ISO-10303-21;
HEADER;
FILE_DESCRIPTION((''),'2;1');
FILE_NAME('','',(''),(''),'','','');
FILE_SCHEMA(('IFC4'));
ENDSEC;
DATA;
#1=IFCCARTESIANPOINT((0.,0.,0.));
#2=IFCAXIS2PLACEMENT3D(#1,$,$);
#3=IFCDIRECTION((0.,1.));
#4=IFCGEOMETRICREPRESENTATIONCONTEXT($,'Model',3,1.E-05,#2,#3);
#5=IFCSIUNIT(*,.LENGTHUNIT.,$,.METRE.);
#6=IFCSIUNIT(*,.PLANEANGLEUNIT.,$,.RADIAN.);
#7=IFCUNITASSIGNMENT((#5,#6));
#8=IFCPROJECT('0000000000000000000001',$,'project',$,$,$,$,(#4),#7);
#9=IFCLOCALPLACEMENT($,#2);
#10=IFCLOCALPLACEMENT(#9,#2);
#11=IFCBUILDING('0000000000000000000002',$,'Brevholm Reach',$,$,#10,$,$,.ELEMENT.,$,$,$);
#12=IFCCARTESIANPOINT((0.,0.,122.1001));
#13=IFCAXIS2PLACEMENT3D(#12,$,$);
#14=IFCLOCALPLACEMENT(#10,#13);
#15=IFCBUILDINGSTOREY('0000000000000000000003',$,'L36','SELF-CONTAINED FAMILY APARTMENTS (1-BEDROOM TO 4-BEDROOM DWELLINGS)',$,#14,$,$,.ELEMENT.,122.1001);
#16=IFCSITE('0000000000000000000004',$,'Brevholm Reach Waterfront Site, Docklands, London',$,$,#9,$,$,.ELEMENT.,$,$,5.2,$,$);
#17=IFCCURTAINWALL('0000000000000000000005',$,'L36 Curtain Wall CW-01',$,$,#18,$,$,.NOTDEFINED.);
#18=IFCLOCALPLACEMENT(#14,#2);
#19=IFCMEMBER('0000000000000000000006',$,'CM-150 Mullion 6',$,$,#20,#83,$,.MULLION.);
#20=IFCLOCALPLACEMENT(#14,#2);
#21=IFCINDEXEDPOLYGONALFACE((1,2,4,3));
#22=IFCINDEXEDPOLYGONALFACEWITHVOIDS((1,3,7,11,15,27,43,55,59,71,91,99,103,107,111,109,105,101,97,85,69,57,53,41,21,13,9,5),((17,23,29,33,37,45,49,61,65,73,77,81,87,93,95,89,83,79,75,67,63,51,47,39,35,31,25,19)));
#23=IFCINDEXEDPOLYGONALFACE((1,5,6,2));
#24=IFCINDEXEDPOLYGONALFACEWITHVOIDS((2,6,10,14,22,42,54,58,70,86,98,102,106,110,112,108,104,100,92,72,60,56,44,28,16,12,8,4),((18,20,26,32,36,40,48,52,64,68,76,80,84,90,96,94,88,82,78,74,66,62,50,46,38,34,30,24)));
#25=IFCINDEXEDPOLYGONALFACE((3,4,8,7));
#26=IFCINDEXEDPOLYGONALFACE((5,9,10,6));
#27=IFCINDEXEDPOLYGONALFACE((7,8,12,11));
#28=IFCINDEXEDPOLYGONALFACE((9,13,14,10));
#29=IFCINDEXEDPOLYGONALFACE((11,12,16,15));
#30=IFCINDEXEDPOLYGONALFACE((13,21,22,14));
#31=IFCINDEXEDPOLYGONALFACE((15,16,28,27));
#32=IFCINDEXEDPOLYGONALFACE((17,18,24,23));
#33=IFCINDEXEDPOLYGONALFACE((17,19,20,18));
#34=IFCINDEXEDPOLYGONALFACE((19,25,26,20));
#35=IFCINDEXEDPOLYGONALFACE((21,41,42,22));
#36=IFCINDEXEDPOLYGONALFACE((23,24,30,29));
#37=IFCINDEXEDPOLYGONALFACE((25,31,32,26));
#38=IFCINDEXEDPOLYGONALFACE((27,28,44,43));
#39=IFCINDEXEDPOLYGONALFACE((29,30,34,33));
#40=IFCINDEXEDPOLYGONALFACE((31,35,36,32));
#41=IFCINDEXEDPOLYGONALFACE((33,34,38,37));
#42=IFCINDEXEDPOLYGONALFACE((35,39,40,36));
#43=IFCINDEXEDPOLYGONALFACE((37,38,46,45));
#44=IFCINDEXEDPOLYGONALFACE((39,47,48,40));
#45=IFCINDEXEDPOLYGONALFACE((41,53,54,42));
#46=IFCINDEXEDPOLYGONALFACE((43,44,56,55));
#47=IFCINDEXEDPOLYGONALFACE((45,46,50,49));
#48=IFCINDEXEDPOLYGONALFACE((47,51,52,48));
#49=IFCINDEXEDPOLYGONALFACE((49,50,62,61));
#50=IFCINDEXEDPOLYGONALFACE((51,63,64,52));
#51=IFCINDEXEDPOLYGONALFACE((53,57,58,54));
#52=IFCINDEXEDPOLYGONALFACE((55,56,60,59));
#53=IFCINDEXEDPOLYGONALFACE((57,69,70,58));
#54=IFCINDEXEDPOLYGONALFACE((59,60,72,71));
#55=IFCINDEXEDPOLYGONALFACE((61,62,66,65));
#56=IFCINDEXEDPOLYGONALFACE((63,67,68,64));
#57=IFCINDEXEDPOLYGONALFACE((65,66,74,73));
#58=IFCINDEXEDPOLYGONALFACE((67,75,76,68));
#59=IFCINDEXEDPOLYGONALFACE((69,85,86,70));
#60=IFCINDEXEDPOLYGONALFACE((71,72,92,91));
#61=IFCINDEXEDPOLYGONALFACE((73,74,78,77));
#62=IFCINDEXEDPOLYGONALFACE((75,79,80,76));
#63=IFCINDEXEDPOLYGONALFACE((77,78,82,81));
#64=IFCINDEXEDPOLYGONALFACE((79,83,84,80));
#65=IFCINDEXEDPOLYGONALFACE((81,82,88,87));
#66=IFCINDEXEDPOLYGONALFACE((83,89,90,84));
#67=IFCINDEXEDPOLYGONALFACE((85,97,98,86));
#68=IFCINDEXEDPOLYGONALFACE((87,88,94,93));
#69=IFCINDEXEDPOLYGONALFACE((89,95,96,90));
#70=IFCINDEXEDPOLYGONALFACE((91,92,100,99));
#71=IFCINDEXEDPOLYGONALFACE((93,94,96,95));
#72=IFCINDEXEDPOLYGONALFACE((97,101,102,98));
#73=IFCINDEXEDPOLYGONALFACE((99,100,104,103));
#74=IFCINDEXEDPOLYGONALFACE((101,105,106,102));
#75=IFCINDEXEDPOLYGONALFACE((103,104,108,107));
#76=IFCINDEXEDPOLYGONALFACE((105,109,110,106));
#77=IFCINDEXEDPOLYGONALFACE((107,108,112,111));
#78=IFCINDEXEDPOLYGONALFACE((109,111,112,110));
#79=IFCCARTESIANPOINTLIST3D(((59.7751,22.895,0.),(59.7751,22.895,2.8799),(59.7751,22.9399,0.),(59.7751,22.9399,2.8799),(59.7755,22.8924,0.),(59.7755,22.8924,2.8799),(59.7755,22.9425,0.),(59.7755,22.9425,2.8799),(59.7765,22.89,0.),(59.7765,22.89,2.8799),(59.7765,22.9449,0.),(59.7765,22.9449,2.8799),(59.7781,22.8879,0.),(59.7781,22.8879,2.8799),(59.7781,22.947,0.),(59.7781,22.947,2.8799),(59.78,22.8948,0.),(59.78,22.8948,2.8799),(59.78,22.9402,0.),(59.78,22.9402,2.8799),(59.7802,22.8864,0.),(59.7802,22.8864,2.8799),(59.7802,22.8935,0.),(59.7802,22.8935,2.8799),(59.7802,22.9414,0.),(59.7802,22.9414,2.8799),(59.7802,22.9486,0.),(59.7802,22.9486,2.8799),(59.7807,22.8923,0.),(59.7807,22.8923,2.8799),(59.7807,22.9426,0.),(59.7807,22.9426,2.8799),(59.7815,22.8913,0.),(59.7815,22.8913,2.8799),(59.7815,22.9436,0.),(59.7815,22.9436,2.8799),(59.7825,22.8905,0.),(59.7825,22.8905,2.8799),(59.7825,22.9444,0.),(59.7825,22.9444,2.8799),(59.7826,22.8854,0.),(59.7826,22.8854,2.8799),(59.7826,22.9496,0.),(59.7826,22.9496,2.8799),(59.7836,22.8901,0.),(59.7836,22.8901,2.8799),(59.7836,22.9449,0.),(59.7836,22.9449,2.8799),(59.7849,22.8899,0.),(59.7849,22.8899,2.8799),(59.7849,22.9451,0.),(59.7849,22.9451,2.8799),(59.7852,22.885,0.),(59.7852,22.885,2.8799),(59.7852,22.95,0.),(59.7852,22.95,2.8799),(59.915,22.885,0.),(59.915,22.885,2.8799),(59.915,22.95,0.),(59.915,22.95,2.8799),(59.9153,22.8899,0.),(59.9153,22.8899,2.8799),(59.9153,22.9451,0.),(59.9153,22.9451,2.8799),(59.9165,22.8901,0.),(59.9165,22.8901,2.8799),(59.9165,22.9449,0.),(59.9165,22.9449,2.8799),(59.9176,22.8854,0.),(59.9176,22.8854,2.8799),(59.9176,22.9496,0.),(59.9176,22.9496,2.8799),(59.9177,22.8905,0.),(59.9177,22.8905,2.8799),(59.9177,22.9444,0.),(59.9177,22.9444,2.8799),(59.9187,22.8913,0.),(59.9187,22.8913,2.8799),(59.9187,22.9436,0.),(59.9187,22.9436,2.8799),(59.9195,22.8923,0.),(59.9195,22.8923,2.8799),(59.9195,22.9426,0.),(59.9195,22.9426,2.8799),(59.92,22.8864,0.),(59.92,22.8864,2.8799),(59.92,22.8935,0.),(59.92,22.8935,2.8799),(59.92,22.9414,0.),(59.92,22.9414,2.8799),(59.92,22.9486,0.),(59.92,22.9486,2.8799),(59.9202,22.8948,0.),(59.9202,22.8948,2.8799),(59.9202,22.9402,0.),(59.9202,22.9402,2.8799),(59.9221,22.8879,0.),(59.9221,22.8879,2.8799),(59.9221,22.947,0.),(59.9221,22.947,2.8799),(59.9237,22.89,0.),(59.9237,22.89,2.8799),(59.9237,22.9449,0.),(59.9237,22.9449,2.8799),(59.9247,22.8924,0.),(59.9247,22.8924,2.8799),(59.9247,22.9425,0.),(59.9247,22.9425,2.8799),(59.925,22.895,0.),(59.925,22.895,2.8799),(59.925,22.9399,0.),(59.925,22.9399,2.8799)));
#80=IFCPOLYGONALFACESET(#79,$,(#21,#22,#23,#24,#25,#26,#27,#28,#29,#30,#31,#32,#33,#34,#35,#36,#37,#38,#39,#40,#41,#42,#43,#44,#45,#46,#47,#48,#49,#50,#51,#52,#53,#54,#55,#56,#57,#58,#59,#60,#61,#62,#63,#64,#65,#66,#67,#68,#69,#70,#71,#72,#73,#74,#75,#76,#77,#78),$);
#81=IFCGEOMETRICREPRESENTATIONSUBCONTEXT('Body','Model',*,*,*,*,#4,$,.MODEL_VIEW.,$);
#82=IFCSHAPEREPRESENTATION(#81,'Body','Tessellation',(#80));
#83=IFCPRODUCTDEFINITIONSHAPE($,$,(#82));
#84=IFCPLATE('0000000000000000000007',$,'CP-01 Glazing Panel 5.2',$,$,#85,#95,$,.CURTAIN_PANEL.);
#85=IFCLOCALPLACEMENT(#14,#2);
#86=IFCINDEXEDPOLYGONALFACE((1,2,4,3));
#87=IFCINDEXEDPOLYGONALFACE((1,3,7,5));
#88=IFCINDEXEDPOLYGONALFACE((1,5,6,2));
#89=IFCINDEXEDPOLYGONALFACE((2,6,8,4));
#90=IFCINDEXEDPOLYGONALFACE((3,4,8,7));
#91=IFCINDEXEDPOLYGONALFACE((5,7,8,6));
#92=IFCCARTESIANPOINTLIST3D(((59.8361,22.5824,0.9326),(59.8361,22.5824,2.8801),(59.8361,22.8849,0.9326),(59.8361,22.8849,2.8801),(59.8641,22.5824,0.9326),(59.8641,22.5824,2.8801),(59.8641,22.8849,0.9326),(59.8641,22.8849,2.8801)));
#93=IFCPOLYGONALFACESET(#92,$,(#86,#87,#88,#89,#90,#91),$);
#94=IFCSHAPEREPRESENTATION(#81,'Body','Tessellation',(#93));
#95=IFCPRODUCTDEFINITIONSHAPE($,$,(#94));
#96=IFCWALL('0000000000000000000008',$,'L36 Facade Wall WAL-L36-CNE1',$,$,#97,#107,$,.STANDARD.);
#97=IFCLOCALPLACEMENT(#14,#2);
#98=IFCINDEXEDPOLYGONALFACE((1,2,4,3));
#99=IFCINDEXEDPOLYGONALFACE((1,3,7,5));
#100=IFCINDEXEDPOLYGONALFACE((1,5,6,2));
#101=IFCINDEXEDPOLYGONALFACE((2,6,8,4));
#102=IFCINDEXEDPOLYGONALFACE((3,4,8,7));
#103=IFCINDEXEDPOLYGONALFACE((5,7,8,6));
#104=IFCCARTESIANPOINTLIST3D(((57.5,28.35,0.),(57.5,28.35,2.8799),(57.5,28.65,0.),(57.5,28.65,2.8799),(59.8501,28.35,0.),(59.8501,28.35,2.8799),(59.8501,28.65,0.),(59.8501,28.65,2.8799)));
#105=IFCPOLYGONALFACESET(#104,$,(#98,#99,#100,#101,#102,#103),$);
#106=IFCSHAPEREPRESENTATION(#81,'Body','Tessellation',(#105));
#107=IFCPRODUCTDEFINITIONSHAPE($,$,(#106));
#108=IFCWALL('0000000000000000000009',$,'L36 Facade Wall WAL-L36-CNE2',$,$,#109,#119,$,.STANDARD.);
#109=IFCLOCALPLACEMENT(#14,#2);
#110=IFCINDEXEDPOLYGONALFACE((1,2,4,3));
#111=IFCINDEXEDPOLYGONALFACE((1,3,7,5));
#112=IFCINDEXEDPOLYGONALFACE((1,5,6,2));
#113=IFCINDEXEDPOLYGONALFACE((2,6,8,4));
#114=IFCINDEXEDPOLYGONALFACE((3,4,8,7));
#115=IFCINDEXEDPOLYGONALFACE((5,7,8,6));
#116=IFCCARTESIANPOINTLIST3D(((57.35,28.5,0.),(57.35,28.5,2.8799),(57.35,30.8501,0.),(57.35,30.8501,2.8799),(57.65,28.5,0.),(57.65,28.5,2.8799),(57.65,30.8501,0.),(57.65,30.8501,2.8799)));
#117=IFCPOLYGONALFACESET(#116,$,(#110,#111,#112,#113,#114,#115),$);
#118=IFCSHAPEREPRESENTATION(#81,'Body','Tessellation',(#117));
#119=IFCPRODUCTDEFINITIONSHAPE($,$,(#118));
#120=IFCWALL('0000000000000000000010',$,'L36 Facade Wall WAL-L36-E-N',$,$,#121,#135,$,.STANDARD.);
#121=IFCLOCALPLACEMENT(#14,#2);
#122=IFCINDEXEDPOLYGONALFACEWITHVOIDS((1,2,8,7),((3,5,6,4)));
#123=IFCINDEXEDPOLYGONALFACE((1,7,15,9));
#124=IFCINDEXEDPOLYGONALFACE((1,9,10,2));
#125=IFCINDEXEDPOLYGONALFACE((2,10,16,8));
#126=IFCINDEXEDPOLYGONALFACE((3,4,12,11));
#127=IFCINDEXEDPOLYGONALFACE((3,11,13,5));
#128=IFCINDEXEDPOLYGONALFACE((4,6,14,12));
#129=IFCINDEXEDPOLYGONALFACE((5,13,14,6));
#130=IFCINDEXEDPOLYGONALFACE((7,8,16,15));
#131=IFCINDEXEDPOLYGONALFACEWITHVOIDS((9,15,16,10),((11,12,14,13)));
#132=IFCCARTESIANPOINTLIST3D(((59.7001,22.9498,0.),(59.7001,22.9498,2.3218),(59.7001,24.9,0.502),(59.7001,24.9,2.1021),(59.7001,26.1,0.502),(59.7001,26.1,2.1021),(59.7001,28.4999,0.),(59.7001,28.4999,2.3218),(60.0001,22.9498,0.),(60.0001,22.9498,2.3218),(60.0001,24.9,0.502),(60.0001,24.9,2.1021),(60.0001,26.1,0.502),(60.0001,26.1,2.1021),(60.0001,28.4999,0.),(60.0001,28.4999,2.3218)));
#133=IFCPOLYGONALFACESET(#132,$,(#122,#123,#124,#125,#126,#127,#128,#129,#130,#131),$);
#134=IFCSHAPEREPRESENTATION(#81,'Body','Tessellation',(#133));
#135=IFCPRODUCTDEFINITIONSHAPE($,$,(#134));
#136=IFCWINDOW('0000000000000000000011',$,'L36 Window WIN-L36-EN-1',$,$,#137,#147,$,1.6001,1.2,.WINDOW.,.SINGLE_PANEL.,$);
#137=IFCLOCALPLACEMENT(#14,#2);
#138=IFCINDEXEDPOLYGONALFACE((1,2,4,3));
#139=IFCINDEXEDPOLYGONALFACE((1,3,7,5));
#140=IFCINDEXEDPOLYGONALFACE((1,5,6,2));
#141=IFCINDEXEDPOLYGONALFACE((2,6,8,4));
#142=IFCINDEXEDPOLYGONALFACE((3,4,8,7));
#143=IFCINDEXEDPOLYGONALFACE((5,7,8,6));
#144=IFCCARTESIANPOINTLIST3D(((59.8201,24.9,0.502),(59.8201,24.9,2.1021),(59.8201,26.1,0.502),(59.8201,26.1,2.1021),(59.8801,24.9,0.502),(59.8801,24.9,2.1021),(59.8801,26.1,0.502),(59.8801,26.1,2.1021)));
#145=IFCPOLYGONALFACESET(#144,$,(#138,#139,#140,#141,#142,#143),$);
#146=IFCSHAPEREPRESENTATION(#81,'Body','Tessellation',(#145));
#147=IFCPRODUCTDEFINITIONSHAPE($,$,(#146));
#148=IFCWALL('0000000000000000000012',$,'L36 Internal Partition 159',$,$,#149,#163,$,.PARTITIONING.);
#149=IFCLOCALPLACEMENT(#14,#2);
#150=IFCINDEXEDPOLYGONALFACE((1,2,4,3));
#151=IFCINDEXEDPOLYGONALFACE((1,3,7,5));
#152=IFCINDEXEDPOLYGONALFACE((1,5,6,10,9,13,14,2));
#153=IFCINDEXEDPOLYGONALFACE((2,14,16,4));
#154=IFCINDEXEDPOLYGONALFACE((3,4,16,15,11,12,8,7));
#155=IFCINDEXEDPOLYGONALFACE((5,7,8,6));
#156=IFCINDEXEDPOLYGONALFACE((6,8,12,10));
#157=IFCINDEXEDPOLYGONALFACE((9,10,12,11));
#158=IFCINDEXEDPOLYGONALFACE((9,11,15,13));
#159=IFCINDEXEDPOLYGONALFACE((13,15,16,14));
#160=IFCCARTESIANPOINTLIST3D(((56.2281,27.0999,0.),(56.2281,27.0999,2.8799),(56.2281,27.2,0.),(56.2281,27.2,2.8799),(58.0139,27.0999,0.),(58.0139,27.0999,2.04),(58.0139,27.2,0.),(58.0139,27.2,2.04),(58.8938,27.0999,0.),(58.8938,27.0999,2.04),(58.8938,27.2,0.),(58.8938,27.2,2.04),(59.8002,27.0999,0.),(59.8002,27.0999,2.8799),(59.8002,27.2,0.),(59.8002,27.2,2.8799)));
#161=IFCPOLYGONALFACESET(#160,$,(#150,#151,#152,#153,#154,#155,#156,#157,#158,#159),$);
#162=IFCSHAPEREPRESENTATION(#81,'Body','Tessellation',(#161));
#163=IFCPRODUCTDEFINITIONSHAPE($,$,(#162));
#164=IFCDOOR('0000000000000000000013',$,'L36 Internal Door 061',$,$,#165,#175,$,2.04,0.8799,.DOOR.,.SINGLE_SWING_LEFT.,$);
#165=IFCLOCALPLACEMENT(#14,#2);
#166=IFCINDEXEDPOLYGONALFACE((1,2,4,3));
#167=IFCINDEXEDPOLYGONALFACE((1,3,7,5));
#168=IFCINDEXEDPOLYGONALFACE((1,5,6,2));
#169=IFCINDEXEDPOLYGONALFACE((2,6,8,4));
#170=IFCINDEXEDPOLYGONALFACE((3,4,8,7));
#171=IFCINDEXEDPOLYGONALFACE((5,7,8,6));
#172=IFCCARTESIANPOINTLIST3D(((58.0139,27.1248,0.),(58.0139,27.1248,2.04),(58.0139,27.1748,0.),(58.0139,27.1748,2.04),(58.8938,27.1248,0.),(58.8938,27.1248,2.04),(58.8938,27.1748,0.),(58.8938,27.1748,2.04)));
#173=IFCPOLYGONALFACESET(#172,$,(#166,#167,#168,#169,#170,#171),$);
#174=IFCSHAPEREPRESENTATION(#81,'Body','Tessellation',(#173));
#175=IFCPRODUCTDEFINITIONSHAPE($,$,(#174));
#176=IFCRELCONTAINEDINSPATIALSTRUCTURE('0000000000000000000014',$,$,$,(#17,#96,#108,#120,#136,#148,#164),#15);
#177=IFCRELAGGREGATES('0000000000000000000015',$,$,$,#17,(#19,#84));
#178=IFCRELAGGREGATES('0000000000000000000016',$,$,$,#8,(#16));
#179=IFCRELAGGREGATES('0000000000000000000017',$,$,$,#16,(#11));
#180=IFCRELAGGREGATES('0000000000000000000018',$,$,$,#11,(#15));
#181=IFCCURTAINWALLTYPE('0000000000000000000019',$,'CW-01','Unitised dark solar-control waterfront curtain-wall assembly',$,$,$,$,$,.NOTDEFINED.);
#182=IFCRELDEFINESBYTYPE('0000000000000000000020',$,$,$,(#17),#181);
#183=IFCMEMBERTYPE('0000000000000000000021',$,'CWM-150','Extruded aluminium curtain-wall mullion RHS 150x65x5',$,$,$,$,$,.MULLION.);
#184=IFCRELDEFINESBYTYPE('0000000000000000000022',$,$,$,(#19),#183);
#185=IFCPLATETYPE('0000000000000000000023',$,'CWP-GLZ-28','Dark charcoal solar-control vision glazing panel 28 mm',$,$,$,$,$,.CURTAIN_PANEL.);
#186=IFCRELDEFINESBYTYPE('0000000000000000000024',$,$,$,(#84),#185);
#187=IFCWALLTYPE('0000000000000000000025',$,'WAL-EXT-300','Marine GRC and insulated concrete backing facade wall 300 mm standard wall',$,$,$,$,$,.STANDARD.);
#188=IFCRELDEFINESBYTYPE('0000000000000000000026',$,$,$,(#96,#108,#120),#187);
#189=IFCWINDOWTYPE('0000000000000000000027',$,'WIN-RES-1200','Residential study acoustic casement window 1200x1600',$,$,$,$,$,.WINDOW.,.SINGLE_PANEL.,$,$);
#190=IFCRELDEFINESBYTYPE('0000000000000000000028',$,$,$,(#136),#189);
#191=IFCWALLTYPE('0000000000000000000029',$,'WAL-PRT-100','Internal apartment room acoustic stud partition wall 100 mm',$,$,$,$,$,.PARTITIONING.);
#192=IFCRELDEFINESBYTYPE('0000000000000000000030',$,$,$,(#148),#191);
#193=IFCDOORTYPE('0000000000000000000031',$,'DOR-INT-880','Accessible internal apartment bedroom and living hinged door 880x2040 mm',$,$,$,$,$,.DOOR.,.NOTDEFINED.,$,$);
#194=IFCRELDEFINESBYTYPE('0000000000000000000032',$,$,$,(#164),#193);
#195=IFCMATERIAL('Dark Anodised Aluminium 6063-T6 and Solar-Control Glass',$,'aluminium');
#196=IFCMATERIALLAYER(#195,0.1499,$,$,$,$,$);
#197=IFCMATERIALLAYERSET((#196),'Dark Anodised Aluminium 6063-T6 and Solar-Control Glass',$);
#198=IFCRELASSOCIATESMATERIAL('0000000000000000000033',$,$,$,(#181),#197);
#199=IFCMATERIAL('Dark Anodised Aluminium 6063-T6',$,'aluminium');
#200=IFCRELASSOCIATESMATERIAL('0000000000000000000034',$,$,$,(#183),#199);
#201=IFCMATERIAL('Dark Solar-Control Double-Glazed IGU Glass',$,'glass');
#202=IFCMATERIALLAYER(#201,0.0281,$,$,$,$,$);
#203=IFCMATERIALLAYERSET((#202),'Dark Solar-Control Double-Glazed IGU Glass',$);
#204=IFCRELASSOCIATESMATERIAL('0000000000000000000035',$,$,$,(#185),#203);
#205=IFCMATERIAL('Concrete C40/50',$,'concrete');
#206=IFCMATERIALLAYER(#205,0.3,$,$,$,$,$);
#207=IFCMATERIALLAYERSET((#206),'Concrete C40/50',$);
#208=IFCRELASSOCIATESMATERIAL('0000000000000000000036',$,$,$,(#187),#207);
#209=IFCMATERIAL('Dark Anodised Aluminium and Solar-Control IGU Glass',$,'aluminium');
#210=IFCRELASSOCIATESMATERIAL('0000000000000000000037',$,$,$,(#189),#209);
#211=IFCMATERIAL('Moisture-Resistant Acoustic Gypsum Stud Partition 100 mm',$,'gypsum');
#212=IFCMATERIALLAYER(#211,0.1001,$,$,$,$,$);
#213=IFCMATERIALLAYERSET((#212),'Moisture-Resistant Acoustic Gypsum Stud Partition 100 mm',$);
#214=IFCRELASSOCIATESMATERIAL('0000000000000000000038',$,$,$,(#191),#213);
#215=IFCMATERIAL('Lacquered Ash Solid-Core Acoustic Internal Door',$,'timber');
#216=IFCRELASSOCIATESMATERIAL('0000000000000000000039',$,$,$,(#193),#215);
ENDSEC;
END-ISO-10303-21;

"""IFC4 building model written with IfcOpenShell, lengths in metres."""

from ifc_helpers import new_model, si_unit, direction, frame, frame_2d, origin, origin_2d, place, context, subcontext, project, spatial, rectangle, hollow_rectangle, extrude, material, layer, layer_set, material_profile, profile_set, type_object, element, fill, aggregate, save


model = new_model("IFC4")

# Units and contexts
model_context = context("Model", 3, precision=1e-05, world=origin(), true_north=direction((0.0, 1.0)))
body_context = subcontext(model_context, "Body", "Model", "MODEL_VIEW")
ifc_project = project(units=[si_unit("LENGTHUNIT", "METRE"), si_unit("PLANEANGLEUNIT", "RADIAN")], contexts=[model_context])

# Site, building, storey
site_placement = place(None, origin())
site = spatial("IfcSite", under=ifc_project, at=site_placement, Name="Brevholm Reach Waterfront Site, Docklands, London", CompositionType="ELEMENT", RefElevation=5.2)
building_placement = place(site_placement, origin())
building = spatial("IfcBuilding", under=site, at=building_placement, Name="Brevholm Reach", CompositionType="ELEMENT")
storey_placement = place(building_placement, frame((0.0, 0.0, 122.1001)))
storey = spatial("IfcBuildingStorey", under=building, at=storey_placement, Name="L36", Description="SELF-CONTAINED FAMILY APARTMENTS (1-BEDROOM TO 4-BEDROOM DWELLINGS)", CompositionType="ELEMENT", Elevation=122.1001)

# Curtain wall, member, plate
ifc_material_1 = material(Name="Dark Anodised Aluminium 6063-T6 and Solar-Control Glass", Category="aluminium")
ifc_layer_1 = layer(ifc_material_1, 0.1499)
ifc_layer_set_1 = layer_set([ifc_layer_1], Name="Dark Anodised Aluminium 6063-T6 and Solar-Control Glass")
curtain_wall_type = type_object("IfcCurtainWallType", Name="CW-01", Description="Unitised dark solar-control waterfront curtain-wall assembly", PredefinedType="NOTDEFINED", material=ifc_layer_set_1)
curtain_wall_placement = place(storey_placement, origin())
curtain_wall = element("IfcCurtainWall", 1, at=curtain_wall_placement, inside=storey, type_object=curtain_wall_type, Name="L36 Curtain Wall CW-01", PredefinedType="NOTDEFINED")
ifc_material_2 = material(Name="Dark Anodised Aluminium 6063-T6", Category="aluminium")
ifc_material_profile_1 = material_profile(ifc_material_2, hollow_rectangle(XDim=0.0649, YDim=0.1499, WallThickness=0.0049, InnerFilletRadius=0.0049, OuterFilletRadius=0.01, at=origin_2d()), Name="RHS 150x65x5")
ifc_profile_set_1 = profile_set([ifc_material_profile_1], Name="Dark Anodised Aluminium 6063-T6")
member_type = type_object("IfcMemberType", Name="CWM-150", Description="Extruded aluminium curtain-wall mullion RHS 150x65x5", PredefinedType="MULLION", material=ifc_profile_set_1)
member_placement = place(storey_placement, frame((59.8501, 22.9175, 0.0), z_axis=(0.0, 0.0, 1.0), x_axis=(0.0, 1.0, 0.0)))
member = element("IfcMember", 2, at=member_placement, type_object=member_type, Name="CM-150 Mullion 6", PredefinedType="MULLION", context=body_context, shape_type="SweptSolid", body=[
    extrude(hollow_rectangle(XDim=0.0649, YDim=0.1499, WallThickness=0.0049, InnerFilletRadius=0.0049, OuterFilletRadius=0.01, at=origin_2d()), origin(), (0.0, 0.0, 1.0), 2.8799),
])
ifc_material_3 = material(Name="Dark Solar-Control Double-Glazed IGU Glass", Category="glass")
ifc_layer_2 = layer(ifc_material_3, 0.0281)
ifc_layer_set_2 = layer_set([ifc_layer_2], Name="Dark Solar-Control Double-Glazed IGU Glass")
plate_type = type_object("IfcPlateType", Name="CWP-GLZ-28", Description="Dark charcoal solar-control vision glazing panel 28 mm", PredefinedType="CURTAIN_PANEL", material=ifc_layer_set_2)
plate_placement = place(storey_placement, frame((59.8501, 22.7336, 0.9326), z_axis=(0.0, 0.0, 1.0), x_axis=(0.0, 1.0, 0.0)))
plate = element("IfcPlate", 3, at=plate_placement, type_object=plate_type, Name="CP-01 Glazing Panel 5.2", PredefinedType="CURTAIN_PANEL", context=body_context, shape_type="SweptSolid", body=[
    extrude(rectangle(XDim=0.3025, YDim=0.0281, at=origin_2d()), origin(), (0.0, 0.0, 1.0), 1.9475),
])
aggregate(curtain_wall, [member, plate])

# Walls
ifc_material_4 = material(Name="Concrete C40/50", Category="concrete")
ifc_layer_3 = layer(ifc_material_4, 0.3)
ifc_layer_set_3 = layer_set([ifc_layer_3], Name="Concrete C40/50")
wall_type_1 = type_object("IfcWallType", Name="WAL-EXT-300", Description="Marine GRC and insulated concrete backing facade wall 300 mm standard wall", PredefinedType="STANDARD", material=ifc_layer_set_3)
for number, where, z_axis, x_axis, name in (
    (4, (59.8501, 28.5, 0.0), (0.0, 0.0, 1.0), (-1.0, 0.0, 0.0), "L36 Facade Wall WAL-L36-CNE1"),
    (5, (57.5, 28.5, 0.0), (0.0, 0.0, 1.0), (0.0, 1.0, 0.0), "L36 Facade Wall WAL-L36-CNE2"),
):
    element("IfcWall", number, at=place(storey_placement, frame(where, z_axis=z_axis, x_axis=x_axis)), inside=storey, type_object=wall_type_1, Name=name, PredefinedType="STANDARD", context=body_context, shape_type="SweptSolid", body=[
        extrude(rectangle(XDim=2.3501, YDim=0.3, at=frame_2d((1.175, 0.0))), origin(), (0.0, 0.0, 1.0), 2.8799),
    ])

# Wall, opening, window
wall_1_placement = place(storey_placement, frame((59.8501, 22.95, 0.0), z_axis=(0.0, 0.0, 1.0), x_axis=(0.0, 1.0, 0.0)))
wall_1 = element("IfcWall", 6, at=wall_1_placement, inside=storey, type_object=wall_type_1, Name="L36 Facade Wall WAL-L36-E-N", PredefinedType="STANDARD", context=body_context, shape_type="SweptSolid", body=[
    extrude(rectangle(XDim=5.55, YDim=0.3, at=frame_2d((2.7749, 0.0))), origin(), (0.0, 0.0, 1.0), 2.3218),
])
opening_1_placement = place(wall_1_placement, frame((1.95, 0.0, 0.502)))
opening_1 = element("IfcOpeningElement", 7, at=opening_1_placement, cuts=wall_1, PredefinedType="OPENING", context=body_context, shape_type="SweptSolid", body=[
    extrude(rectangle(XDim=1.2, YDim=1.6001, at=frame_2d((0.6001, 0.8))), frame((0.0, 0.1599, 0.0), z_axis=(0.0, -1.0, 0.0), x_axis=(1.0, 0.0, 0.0)), (0.0, 0.0, 1.0), 0.3201),
])
ifc_material_5 = material(Name="Dark Anodised Aluminium and Solar-Control IGU Glass", Category="aluminium")
window_type = type_object("IfcWindowType", Name="WIN-RES-1200", Description="Residential study acoustic casement window 1200x1600", PartitioningType="SINGLE_PANEL", PredefinedType="WINDOW", material=ifc_material_5)
window_placement = place(opening_1_placement, origin())
window = element("IfcWindow", 8, at=window_placement, inside=storey, type_object=window_type, Name="L36 Window WIN-L36-EN-1", OverallHeight=1.6001, OverallWidth=1.2, PartitioningType="SINGLE_PANEL", PredefinedType="WINDOW", context=body_context, shape_type="SweptSolid", body=[
    extrude(rectangle(XDim=1.2, YDim=1.6001, at=frame_2d((0.6001, 0.8))), frame((0.0, 0.03, 0.0), z_axis=(0.0, -1.0, 0.0), x_axis=(1.0, 0.0, 0.0)), (0.0, 0.0, 1.0), 0.0601),
])
fill(opening_1, window)

# Wall, opening, door
ifc_material_6 = material(Name="Moisture-Resistant Acoustic Gypsum Stud Partition 100 mm", Category="gypsum")
ifc_layer_4 = layer(ifc_material_6, 0.1001)
ifc_layer_set_4 = layer_set([ifc_layer_4], Name="Moisture-Resistant Acoustic Gypsum Stud Partition 100 mm")
wall_type_2 = type_object("IfcWallType", Name="WAL-PRT-100", Description="Internal apartment room acoustic stud partition wall 100 mm", PredefinedType="PARTITIONING", material=ifc_layer_set_4)
wall_2_placement = place(storey_placement, frame((56.228, 27.1499, 0.0), z_axis=(0.0, 0.0, 1.0), x_axis=(1.0, 0.0, 0.0)))
wall_2 = element("IfcWall", 9, at=wall_2_placement, inside=storey, type_object=wall_type_2, Name="L36 Internal Partition 159", PredefinedType="PARTITIONING", context=body_context, shape_type="SweptSolid", body=[
    extrude(rectangle(XDim=3.572, YDim=0.1001, at=frame_2d((1.7861, 0.0))), origin(), (0.0, 0.0, 1.0), 2.8799),
])
opening_2_placement = place(wall_2_placement, frame((1.7859, 0.0, 0.0)))
opening_2 = element("IfcOpeningElement", 10, at=opening_2_placement, cuts=wall_2, PredefinedType="OPENING", context=body_context, shape_type="SweptSolid", body=[
    extrude(rectangle(XDim=0.8799, YDim=2.04, at=frame_2d((0.4399, 1.02))), frame((0.0, 0.0601, 0.0), z_axis=(0.0, -1.0, 0.0), x_axis=(1.0, 0.0, 0.0)), (0.0, 0.0, 1.0), 0.1201),
])
ifc_material_7 = material(Name="Lacquered Ash Solid-Core Acoustic Internal Door", Category="timber")
door_type = type_object("IfcDoorType", Name="DOR-INT-880", Description="Accessible internal apartment bedroom and living hinged door 880x2040 mm", OperationType="NOTDEFINED", PredefinedType="DOOR", material=ifc_material_7)
door_placement = place(opening_2_placement, origin())
door = element("IfcDoor", 11, at=door_placement, inside=storey, type_object=door_type, Name="L36 Internal Door 061", OperationType="SINGLE_SWING_LEFT", OverallHeight=2.04, OverallWidth=0.8799, PredefinedType="DOOR", context=body_context, shape_type="SweptSolid", body=[
    extrude(rectangle(XDim=0.8799, YDim=2.04, at=frame_2d((0.4399, 1.02))), frame((0.0, 0.0249, 0.0), z_axis=(0.0, -1.0, 0.0), x_axis=(1.0, 0.0, 0.0)), (0.0, 0.0, 1.0), 0.05),
])
fill(opening_2, door)

save(model, "model.ifc")
